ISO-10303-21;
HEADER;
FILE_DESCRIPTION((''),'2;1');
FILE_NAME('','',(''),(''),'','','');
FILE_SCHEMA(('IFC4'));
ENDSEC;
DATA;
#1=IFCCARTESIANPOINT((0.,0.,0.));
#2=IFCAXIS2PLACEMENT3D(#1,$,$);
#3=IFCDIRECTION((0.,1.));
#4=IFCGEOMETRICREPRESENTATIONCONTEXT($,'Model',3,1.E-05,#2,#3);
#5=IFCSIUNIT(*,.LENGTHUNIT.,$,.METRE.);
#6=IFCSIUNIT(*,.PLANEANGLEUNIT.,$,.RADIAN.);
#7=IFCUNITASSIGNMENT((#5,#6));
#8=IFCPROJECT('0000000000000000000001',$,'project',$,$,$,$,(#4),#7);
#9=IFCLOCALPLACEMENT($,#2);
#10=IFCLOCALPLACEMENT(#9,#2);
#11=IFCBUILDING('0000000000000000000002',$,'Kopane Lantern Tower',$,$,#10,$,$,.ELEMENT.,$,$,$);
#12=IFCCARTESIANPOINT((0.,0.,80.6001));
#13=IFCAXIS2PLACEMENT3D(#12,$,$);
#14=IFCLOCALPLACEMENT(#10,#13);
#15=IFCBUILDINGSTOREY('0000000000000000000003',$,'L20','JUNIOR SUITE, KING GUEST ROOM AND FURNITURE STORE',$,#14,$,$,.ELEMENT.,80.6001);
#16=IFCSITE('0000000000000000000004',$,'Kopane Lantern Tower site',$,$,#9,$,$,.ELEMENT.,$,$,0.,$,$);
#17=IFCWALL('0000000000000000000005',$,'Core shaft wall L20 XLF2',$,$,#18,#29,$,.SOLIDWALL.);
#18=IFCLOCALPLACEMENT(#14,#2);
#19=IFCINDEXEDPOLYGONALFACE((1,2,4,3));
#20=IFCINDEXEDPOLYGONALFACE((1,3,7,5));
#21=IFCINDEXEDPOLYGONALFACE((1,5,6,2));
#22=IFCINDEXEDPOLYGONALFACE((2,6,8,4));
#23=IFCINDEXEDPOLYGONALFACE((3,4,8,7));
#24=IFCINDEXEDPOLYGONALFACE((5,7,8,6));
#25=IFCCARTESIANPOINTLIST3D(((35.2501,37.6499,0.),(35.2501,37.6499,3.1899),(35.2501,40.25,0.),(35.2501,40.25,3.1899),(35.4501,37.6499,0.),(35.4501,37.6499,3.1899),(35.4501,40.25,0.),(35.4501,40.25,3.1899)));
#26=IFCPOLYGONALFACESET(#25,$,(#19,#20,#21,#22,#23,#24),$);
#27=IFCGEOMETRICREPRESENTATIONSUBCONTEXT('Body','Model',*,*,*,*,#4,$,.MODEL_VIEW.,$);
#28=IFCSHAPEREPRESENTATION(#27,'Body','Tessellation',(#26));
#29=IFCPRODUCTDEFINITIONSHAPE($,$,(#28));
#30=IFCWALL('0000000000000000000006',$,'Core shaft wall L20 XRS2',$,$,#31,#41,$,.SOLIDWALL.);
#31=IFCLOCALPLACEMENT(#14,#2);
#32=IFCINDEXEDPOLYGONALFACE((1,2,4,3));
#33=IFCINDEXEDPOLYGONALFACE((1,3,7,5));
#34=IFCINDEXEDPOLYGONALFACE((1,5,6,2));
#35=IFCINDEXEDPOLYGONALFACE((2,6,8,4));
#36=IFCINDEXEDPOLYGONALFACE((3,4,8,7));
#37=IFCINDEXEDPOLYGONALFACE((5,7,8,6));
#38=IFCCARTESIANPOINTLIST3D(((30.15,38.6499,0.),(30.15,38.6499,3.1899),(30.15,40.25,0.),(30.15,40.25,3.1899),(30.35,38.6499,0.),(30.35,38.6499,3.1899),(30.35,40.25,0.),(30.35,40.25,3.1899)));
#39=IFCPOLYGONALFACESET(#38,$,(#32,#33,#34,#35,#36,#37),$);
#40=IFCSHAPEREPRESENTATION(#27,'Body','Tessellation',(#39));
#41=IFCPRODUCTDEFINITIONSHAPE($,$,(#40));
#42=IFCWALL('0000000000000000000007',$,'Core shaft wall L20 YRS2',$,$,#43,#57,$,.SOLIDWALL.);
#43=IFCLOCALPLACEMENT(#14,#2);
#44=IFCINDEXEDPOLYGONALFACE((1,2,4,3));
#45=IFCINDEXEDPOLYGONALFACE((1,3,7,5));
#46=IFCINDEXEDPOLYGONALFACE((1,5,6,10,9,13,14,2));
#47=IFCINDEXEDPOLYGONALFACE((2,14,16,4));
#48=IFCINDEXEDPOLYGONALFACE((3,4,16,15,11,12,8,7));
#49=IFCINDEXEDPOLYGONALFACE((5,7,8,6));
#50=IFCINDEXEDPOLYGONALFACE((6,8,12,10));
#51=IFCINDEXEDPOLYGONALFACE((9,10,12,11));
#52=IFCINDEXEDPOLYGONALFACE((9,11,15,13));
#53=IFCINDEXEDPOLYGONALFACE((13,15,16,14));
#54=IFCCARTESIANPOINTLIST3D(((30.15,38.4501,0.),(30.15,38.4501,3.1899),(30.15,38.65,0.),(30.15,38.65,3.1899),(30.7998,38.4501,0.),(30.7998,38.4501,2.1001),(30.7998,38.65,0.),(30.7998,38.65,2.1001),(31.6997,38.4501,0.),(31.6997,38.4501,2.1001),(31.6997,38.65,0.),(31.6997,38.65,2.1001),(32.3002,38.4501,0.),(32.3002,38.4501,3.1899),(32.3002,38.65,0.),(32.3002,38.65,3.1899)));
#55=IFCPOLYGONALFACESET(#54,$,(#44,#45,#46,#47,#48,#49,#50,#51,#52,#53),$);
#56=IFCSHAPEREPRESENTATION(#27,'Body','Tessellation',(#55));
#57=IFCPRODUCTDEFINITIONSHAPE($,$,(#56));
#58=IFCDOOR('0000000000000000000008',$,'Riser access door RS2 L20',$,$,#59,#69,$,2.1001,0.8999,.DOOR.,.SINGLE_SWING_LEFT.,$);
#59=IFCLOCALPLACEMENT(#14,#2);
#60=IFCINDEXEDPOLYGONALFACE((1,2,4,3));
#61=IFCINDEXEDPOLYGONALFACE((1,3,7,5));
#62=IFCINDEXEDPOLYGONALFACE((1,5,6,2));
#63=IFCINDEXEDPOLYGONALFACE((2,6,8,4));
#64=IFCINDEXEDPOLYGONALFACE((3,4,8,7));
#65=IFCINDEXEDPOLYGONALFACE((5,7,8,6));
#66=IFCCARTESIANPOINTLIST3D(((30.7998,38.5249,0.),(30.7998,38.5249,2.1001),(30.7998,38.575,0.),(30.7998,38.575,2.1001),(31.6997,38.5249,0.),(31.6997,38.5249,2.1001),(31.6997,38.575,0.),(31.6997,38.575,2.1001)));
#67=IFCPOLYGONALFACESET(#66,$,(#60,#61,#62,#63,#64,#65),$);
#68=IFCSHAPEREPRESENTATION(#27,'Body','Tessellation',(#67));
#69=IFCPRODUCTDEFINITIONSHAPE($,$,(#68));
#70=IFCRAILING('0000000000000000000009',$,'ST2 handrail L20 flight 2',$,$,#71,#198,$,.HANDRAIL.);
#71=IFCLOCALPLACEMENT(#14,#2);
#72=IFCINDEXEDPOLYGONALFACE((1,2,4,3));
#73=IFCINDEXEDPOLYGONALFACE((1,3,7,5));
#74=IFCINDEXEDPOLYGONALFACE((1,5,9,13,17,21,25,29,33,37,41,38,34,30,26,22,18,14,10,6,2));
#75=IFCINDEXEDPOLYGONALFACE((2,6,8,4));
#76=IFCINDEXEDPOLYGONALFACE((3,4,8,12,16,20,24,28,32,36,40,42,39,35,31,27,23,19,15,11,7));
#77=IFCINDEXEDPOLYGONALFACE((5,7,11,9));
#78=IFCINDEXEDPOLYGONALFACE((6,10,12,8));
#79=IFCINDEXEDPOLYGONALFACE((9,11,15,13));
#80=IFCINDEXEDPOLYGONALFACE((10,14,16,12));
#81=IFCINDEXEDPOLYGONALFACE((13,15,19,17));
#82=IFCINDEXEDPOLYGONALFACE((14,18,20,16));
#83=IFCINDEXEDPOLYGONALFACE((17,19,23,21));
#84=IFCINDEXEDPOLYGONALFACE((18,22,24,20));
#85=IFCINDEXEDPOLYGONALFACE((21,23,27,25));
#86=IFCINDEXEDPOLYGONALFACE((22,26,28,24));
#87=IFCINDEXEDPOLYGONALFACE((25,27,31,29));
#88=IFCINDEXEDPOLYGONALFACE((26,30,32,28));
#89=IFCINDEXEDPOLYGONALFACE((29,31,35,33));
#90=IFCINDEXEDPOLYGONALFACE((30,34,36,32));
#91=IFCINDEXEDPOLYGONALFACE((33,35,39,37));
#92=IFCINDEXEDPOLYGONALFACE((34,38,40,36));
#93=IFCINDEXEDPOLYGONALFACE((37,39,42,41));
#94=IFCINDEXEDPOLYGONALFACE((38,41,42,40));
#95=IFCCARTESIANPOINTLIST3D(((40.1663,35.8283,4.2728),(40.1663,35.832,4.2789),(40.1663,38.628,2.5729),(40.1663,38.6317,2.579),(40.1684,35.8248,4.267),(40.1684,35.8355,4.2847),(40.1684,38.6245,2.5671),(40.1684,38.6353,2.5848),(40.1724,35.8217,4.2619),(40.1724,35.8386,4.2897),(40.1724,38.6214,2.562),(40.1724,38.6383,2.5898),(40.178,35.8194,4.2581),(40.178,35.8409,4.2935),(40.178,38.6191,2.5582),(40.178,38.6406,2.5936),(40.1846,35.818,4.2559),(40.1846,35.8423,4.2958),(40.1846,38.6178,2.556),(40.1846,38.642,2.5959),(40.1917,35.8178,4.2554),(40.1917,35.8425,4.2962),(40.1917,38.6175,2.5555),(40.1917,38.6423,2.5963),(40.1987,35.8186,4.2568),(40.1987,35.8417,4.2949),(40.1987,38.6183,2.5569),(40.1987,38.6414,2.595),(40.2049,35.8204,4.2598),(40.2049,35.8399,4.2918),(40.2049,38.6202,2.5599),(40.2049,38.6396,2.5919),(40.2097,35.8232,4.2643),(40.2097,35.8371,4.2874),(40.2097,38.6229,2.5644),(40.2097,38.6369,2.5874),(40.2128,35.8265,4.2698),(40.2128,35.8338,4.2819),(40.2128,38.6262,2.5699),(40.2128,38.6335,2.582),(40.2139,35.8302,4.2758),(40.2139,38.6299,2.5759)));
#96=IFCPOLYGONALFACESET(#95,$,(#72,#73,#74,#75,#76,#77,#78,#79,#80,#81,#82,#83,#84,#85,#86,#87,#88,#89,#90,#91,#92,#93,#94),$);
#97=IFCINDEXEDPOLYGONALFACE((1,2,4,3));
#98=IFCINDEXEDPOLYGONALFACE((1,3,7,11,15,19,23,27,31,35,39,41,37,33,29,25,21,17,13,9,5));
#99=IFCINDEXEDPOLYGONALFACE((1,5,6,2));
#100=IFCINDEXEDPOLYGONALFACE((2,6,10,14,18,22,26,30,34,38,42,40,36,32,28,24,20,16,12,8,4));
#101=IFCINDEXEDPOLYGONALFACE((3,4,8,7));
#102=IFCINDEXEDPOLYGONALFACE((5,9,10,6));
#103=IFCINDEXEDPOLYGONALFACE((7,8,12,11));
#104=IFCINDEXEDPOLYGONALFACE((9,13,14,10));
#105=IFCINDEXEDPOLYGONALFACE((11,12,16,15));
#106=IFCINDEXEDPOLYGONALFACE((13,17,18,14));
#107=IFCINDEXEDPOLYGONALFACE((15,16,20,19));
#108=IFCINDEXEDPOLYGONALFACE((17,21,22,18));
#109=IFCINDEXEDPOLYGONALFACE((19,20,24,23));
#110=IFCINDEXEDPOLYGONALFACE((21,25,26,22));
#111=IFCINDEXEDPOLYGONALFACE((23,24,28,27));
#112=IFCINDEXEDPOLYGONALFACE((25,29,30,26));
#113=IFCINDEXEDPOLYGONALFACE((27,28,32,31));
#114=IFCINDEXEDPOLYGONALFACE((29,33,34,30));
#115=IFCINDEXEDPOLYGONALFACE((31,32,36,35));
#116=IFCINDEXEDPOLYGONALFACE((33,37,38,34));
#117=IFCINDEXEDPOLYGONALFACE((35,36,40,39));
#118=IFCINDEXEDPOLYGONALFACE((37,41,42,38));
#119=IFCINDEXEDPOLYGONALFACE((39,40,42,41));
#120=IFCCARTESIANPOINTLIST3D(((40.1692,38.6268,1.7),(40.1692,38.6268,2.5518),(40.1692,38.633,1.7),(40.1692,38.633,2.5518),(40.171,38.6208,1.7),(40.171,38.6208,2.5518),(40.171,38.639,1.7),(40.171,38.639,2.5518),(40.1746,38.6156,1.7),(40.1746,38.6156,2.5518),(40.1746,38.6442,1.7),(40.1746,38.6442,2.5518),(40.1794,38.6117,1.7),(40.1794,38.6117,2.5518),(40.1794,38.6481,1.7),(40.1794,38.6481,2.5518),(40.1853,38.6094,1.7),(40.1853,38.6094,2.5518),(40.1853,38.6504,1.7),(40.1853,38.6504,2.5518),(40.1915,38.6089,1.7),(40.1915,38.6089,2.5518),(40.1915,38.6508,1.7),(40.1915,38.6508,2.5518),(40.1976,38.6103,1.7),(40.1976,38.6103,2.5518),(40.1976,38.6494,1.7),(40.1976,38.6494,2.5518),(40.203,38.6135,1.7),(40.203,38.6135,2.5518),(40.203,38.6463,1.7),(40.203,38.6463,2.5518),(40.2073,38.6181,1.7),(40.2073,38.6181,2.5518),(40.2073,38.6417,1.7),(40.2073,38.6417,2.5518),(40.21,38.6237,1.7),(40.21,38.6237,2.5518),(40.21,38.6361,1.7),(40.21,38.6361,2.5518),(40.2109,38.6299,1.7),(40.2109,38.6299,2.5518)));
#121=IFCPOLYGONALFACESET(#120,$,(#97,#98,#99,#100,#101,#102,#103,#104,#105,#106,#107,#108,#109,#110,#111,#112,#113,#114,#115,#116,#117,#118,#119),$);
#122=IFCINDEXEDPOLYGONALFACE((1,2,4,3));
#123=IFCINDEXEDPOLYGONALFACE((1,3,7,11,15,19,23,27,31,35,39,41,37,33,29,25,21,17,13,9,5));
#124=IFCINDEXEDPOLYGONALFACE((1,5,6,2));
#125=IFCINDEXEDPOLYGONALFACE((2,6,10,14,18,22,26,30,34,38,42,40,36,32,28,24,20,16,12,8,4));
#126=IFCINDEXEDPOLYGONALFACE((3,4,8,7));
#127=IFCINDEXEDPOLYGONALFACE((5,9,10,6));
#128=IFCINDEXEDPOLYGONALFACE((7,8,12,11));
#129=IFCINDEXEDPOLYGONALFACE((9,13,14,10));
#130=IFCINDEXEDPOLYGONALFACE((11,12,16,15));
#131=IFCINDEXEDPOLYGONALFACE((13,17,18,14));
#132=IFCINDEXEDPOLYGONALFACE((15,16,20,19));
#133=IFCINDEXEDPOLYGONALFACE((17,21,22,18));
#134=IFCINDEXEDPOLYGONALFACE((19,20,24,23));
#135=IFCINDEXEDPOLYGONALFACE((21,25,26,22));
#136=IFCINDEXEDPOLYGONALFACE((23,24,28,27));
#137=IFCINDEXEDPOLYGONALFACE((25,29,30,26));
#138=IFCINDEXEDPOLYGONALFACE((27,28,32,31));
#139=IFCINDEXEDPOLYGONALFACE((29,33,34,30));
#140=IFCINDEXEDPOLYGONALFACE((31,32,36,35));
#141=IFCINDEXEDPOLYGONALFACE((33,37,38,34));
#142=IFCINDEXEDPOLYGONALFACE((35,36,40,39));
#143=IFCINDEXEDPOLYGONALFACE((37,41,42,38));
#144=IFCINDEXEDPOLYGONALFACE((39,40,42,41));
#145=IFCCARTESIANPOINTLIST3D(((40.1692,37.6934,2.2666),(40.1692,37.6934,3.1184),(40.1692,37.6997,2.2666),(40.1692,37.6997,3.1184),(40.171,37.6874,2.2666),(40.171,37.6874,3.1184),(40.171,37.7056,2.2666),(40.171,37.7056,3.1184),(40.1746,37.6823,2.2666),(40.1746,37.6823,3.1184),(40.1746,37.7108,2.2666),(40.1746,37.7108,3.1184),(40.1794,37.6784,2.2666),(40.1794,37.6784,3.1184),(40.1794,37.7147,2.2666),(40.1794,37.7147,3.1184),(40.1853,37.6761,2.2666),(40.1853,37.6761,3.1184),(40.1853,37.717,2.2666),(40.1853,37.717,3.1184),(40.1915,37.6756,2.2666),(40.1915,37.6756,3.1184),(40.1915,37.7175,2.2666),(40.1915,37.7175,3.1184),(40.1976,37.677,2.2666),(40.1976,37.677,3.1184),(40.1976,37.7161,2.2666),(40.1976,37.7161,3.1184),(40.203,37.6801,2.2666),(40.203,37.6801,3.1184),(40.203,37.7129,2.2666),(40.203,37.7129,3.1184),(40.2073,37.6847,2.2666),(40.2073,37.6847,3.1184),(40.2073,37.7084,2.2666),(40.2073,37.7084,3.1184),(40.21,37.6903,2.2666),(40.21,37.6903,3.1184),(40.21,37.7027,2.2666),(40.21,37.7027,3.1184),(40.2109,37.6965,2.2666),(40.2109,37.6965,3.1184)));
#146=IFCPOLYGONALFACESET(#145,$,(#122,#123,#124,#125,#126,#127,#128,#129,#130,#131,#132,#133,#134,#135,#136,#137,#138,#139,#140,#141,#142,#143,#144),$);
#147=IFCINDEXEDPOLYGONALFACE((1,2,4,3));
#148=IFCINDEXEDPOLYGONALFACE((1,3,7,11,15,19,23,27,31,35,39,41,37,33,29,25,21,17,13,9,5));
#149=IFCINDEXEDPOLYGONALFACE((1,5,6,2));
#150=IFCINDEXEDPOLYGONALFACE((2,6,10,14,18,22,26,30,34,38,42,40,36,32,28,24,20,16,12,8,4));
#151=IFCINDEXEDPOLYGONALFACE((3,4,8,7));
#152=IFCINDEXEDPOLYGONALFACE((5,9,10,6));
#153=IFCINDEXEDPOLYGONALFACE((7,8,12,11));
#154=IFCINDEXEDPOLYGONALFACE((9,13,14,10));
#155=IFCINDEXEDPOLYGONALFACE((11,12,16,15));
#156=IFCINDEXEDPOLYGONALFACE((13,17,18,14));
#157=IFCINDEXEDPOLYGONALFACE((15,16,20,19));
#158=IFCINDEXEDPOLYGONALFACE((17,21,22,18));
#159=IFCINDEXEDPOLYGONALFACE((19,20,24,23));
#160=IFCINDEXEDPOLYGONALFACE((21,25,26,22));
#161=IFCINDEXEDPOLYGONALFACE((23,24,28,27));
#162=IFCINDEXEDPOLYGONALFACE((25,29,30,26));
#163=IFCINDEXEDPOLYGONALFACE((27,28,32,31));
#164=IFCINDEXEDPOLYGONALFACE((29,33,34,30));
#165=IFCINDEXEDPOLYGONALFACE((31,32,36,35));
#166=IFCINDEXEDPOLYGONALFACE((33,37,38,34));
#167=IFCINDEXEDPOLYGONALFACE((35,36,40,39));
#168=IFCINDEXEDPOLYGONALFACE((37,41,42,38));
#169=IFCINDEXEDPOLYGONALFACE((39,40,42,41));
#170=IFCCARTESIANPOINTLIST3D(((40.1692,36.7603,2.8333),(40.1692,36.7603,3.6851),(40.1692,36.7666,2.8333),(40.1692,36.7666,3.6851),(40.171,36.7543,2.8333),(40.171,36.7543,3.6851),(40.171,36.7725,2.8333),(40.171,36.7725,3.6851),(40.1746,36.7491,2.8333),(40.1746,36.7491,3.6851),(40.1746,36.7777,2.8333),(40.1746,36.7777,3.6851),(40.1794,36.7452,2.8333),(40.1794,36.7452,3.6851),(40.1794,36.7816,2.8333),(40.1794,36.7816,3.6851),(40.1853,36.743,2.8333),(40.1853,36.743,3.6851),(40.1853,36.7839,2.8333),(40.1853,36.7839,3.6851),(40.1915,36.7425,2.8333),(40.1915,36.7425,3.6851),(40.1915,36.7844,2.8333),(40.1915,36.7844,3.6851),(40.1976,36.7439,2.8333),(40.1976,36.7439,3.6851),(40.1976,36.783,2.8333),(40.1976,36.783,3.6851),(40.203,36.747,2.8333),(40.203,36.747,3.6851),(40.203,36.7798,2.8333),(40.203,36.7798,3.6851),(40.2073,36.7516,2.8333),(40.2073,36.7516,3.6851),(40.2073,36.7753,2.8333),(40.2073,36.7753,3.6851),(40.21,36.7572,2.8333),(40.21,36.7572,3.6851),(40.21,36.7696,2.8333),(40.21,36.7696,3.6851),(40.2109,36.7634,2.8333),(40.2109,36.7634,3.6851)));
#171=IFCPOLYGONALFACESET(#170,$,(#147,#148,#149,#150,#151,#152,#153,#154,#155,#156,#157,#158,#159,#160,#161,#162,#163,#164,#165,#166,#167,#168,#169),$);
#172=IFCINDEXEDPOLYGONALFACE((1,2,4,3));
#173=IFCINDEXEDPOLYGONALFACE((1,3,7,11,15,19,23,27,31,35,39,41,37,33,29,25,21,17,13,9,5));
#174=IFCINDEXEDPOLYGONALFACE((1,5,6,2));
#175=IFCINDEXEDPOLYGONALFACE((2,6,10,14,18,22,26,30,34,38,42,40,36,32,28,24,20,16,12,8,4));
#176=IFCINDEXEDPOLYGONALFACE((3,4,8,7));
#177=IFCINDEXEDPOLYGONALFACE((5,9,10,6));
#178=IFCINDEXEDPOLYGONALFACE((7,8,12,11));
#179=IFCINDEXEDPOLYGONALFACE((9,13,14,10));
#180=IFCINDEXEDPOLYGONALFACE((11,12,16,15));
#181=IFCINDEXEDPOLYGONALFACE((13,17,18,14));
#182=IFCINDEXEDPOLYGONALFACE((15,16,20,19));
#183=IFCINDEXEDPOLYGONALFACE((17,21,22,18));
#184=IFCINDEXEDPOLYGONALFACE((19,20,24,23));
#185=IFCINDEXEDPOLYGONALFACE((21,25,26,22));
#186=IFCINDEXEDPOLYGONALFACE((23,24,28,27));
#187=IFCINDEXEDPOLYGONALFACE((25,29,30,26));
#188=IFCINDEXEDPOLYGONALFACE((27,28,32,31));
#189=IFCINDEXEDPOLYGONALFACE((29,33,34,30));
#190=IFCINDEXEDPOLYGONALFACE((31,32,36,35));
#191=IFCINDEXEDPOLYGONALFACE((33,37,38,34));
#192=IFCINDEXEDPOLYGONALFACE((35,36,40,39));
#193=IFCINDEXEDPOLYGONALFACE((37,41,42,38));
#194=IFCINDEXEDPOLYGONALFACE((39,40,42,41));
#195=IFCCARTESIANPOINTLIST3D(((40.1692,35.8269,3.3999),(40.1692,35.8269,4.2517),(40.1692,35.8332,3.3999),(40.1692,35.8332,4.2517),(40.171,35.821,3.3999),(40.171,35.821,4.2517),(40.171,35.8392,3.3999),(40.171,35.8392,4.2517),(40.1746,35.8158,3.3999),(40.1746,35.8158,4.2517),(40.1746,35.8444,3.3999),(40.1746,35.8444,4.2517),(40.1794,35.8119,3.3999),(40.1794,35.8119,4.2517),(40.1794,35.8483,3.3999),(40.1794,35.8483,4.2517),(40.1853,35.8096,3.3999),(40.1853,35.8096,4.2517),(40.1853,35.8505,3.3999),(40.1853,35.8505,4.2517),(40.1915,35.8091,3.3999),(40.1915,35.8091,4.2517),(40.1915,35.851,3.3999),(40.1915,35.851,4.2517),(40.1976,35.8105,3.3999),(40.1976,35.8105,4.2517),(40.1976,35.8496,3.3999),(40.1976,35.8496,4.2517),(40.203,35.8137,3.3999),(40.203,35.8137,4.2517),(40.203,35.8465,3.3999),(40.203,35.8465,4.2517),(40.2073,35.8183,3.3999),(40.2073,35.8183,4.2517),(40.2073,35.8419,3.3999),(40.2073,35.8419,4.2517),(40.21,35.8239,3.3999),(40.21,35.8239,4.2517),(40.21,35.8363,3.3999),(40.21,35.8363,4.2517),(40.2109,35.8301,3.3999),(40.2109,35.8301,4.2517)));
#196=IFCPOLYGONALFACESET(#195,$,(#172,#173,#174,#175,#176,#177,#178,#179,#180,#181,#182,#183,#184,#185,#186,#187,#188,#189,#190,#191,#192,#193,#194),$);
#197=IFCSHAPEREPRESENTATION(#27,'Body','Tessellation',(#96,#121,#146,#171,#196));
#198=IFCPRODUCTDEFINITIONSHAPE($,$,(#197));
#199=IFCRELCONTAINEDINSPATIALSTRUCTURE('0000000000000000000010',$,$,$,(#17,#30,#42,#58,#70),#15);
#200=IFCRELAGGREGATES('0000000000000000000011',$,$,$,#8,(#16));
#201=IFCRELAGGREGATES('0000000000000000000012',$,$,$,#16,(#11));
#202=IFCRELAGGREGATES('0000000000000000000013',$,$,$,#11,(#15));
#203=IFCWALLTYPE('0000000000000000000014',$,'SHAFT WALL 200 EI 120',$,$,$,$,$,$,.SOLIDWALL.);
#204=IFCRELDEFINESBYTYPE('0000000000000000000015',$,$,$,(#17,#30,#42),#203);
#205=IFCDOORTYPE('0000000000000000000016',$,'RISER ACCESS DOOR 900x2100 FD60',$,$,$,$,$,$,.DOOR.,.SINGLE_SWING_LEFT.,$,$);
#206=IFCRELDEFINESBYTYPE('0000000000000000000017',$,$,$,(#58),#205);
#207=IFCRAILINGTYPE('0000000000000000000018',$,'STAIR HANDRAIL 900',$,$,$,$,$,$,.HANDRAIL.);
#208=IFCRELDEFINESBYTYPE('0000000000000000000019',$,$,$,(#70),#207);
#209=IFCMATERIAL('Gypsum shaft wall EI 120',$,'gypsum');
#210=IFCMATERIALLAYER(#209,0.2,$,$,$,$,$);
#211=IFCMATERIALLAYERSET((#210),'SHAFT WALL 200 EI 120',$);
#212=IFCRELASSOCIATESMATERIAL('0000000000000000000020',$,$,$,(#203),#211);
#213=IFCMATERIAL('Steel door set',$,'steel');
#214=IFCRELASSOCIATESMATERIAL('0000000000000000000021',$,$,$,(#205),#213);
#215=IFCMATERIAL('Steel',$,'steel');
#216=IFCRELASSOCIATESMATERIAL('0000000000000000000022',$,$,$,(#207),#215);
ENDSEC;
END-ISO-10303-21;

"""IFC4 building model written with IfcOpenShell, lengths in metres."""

from ifc_helpers import new_model, si_unit, direction, frame, frame_2d, origin, origin_2d, place, context, subcontext, project, spatial, rectangle, circle, extrude, material, layer, layer_set, type_object, element, fill, save


model = new_model("IFC4")

# Units and contexts
model_context = context("Model", 3, precision=1e-05, world=origin(), true_north=direction((0.0, 1.0)))
body_context = subcontext(model_context, "Body", "Model", "MODEL_VIEW")
ifc_project = project(units=[si_unit("LENGTHUNIT", "METRE"), si_unit("PLANEANGLEUNIT", "RADIAN")], contexts=[model_context])

# Site, building, storey
site_placement = place(None, origin())
site = spatial("IfcSite", under=ifc_project, at=site_placement, Name="Kopane Lantern Tower site", CompositionType="ELEMENT", RefElevation=0.0)
building_placement = place(site_placement, origin())
building = spatial("IfcBuilding", under=site, at=building_placement, Name="Kopane Lantern Tower", CompositionType="ELEMENT")
storey_placement = place(building_placement, frame((0.0, 0.0, 80.6001)))
storey = spatial("IfcBuildingStorey", under=building, at=storey_placement, Name="L20", Description="JUNIOR SUITE, KING GUEST ROOM AND FURNITURE STORE", CompositionType="ELEMENT", Elevation=80.6001)

# Walls
ifc_material_1 = material(Name="Gypsum shaft wall EI 120", Category="gypsum")
ifc_layer_1 = layer(ifc_material_1, 0.2)
ifc_layer_set_1 = layer_set([ifc_layer_1], Name="SHAFT WALL 200 EI 120")
wall_type_1 = type_object("IfcWallType", Name="SHAFT WALL 200 EI 120", PredefinedType="SOLIDWALL", material=ifc_layer_set_1)
wall_1_placement = place(storey_placement, frame((35.3501, 37.6499, 0.0), z_axis=(0.0, 0.0, 1.0), x_axis=(0.0, 1.0, 0.0)))
element("IfcWall", 1, at=wall_1_placement, inside=storey, type_object=wall_type_1, Name="Core shaft wall L20 XLF2", PredefinedType="SOLIDWALL", context=body_context, shape_type="SweptSolid", body=[
    extrude(rectangle(XDim=2.6001, YDim=0.2, at=frame_2d((1.3, 0.0))), origin(), (0.0, 0.0, 1.0), 3.1899),
])
wall_2_placement = place(storey_placement, frame((30.25, 38.6499, 0.0), z_axis=(0.0, 0.0, 1.0), x_axis=(0.0, 1.0, 0.0)))
element("IfcWall", 2, at=wall_2_placement, inside=storey, type_object=wall_type_1, Name="Core shaft wall L20 XRS2", PredefinedType="SOLIDWALL", context=body_context, shape_type="SweptSolid", body=[
    extrude(rectangle(XDim=1.6001, YDim=0.2, at=frame_2d((0.8, 0.0))), origin(), (0.0, 0.0, 1.0), 3.1899),
])

# Wall, opening, door
wall_3_placement = place(storey_placement, frame((30.1499, 38.55, 0.0), z_axis=(0.0, 0.0, 1.0), x_axis=(1.0, 0.0, 0.0)))
wall_3 = element("IfcWall", 3, at=wall_3_placement, inside=storey, type_object=wall_type_1, Name="Core shaft wall L20 YRS2", PredefinedType="SOLIDWALL", context=body_context, shape_type="SweptSolid", body=[
    extrude(rectangle(XDim=2.1501, YDim=0.2, at=frame_2d((1.0752, 0.0))), origin(), (0.0, 0.0, 1.0), 3.1899),
])
opening_1_placement = place(wall_3_placement, frame((0.6499, 0.0, 0.0)))
opening_1 = element("IfcOpeningElement", 4, at=opening_1_placement, cuts=wall_3, PredefinedType="OPENING", context=body_context, shape_type="SweptSolid", body=[
    extrude(rectangle(XDim=0.8999, YDim=2.1001, at=frame_2d((0.45, 1.05))), frame((0.0, 0.1099, 0.0), z_axis=(0.0, -1.0, 0.0), x_axis=(1.0, 0.0, 0.0)), (0.0, 0.0, 1.0), 0.22),
])
ifc_material_2 = material(Name="Steel door set", Category="steel")
door_type_1 = type_object("IfcDoorType", Name="RISER ACCESS DOOR 900x2100 FD60", OperationType="SINGLE_SWING_LEFT", PredefinedType="DOOR", material=ifc_material_2)
door_1_placement = place(opening_1_placement, origin())
door_1 = element("IfcDoor", 5, at=door_1_placement, inside=storey, type_object=door_type_1, Name="Riser access door RS2 L20", OperationType="SINGLE_SWING_LEFT", OverallHeight=2.1001, OverallWidth=0.8999, PredefinedType="DOOR", context=body_context, shape_type="SweptSolid", body=[
    extrude(rectangle(XDim=0.8999, YDim=2.1001, at=frame_2d((0.45, 1.05))), frame((0.0, 0.0249, 0.0), z_axis=(0.0, -1.0, 0.0), x_axis=(1.0, 0.0, 0.0)), (0.0, 0.0, 1.0), 0.05),
])
fill(opening_1, door_1)

# Railing
ifc_material_3 = material(Name="Steel", Category="steel")
railing_type_1 = type_object("IfcRailingType", Name="STAIR HANDRAIL 900", PredefinedType="HANDRAIL", material=ifc_material_3)
for number, where, name in (
    (6, (40.1899, 38.6299, 1.7), "ST2 handrail L20 flight 2"),
):
    element("IfcRailing", number, at=place(storey_placement, frame(where)), inside=storey, type_object=railing_type_1, Name=name, PredefinedType="HANDRAIL", context=body_context, shape_type="SweptSolid", body=[
        extrude(circle(Radius=0.0239, at=origin_2d()), frame((0.0, 0.0, 0.876), z_axis=(0.0, -0.854778, 0.518994), x_axis=(1.0, 0.0, 0.0)), (0.0, 0.0, 1.0), 3.2754),
        extrude(circle(Radius=0.021, at=origin_2d()), origin(), (0.0, 0.0, 1.0), 0.8518),
        extrude(circle(Radius=0.021, at=origin_2d()), frame((0.0, -0.9333, 0.5667)), (0.0, 0.0, 1.0), 0.8518),
        extrude(circle(Radius=0.021, at=origin_2d()), frame((0.0, -1.8665, 1.1333)), (0.0, 0.0, 1.0), 0.8518),
        extrude(circle(Radius=0.021, at=origin_2d()), frame((0.0, -2.7998, 1.7)), (0.0, 0.0, 1.0), 0.8518),
    ])

save(model, "model.ifc")
